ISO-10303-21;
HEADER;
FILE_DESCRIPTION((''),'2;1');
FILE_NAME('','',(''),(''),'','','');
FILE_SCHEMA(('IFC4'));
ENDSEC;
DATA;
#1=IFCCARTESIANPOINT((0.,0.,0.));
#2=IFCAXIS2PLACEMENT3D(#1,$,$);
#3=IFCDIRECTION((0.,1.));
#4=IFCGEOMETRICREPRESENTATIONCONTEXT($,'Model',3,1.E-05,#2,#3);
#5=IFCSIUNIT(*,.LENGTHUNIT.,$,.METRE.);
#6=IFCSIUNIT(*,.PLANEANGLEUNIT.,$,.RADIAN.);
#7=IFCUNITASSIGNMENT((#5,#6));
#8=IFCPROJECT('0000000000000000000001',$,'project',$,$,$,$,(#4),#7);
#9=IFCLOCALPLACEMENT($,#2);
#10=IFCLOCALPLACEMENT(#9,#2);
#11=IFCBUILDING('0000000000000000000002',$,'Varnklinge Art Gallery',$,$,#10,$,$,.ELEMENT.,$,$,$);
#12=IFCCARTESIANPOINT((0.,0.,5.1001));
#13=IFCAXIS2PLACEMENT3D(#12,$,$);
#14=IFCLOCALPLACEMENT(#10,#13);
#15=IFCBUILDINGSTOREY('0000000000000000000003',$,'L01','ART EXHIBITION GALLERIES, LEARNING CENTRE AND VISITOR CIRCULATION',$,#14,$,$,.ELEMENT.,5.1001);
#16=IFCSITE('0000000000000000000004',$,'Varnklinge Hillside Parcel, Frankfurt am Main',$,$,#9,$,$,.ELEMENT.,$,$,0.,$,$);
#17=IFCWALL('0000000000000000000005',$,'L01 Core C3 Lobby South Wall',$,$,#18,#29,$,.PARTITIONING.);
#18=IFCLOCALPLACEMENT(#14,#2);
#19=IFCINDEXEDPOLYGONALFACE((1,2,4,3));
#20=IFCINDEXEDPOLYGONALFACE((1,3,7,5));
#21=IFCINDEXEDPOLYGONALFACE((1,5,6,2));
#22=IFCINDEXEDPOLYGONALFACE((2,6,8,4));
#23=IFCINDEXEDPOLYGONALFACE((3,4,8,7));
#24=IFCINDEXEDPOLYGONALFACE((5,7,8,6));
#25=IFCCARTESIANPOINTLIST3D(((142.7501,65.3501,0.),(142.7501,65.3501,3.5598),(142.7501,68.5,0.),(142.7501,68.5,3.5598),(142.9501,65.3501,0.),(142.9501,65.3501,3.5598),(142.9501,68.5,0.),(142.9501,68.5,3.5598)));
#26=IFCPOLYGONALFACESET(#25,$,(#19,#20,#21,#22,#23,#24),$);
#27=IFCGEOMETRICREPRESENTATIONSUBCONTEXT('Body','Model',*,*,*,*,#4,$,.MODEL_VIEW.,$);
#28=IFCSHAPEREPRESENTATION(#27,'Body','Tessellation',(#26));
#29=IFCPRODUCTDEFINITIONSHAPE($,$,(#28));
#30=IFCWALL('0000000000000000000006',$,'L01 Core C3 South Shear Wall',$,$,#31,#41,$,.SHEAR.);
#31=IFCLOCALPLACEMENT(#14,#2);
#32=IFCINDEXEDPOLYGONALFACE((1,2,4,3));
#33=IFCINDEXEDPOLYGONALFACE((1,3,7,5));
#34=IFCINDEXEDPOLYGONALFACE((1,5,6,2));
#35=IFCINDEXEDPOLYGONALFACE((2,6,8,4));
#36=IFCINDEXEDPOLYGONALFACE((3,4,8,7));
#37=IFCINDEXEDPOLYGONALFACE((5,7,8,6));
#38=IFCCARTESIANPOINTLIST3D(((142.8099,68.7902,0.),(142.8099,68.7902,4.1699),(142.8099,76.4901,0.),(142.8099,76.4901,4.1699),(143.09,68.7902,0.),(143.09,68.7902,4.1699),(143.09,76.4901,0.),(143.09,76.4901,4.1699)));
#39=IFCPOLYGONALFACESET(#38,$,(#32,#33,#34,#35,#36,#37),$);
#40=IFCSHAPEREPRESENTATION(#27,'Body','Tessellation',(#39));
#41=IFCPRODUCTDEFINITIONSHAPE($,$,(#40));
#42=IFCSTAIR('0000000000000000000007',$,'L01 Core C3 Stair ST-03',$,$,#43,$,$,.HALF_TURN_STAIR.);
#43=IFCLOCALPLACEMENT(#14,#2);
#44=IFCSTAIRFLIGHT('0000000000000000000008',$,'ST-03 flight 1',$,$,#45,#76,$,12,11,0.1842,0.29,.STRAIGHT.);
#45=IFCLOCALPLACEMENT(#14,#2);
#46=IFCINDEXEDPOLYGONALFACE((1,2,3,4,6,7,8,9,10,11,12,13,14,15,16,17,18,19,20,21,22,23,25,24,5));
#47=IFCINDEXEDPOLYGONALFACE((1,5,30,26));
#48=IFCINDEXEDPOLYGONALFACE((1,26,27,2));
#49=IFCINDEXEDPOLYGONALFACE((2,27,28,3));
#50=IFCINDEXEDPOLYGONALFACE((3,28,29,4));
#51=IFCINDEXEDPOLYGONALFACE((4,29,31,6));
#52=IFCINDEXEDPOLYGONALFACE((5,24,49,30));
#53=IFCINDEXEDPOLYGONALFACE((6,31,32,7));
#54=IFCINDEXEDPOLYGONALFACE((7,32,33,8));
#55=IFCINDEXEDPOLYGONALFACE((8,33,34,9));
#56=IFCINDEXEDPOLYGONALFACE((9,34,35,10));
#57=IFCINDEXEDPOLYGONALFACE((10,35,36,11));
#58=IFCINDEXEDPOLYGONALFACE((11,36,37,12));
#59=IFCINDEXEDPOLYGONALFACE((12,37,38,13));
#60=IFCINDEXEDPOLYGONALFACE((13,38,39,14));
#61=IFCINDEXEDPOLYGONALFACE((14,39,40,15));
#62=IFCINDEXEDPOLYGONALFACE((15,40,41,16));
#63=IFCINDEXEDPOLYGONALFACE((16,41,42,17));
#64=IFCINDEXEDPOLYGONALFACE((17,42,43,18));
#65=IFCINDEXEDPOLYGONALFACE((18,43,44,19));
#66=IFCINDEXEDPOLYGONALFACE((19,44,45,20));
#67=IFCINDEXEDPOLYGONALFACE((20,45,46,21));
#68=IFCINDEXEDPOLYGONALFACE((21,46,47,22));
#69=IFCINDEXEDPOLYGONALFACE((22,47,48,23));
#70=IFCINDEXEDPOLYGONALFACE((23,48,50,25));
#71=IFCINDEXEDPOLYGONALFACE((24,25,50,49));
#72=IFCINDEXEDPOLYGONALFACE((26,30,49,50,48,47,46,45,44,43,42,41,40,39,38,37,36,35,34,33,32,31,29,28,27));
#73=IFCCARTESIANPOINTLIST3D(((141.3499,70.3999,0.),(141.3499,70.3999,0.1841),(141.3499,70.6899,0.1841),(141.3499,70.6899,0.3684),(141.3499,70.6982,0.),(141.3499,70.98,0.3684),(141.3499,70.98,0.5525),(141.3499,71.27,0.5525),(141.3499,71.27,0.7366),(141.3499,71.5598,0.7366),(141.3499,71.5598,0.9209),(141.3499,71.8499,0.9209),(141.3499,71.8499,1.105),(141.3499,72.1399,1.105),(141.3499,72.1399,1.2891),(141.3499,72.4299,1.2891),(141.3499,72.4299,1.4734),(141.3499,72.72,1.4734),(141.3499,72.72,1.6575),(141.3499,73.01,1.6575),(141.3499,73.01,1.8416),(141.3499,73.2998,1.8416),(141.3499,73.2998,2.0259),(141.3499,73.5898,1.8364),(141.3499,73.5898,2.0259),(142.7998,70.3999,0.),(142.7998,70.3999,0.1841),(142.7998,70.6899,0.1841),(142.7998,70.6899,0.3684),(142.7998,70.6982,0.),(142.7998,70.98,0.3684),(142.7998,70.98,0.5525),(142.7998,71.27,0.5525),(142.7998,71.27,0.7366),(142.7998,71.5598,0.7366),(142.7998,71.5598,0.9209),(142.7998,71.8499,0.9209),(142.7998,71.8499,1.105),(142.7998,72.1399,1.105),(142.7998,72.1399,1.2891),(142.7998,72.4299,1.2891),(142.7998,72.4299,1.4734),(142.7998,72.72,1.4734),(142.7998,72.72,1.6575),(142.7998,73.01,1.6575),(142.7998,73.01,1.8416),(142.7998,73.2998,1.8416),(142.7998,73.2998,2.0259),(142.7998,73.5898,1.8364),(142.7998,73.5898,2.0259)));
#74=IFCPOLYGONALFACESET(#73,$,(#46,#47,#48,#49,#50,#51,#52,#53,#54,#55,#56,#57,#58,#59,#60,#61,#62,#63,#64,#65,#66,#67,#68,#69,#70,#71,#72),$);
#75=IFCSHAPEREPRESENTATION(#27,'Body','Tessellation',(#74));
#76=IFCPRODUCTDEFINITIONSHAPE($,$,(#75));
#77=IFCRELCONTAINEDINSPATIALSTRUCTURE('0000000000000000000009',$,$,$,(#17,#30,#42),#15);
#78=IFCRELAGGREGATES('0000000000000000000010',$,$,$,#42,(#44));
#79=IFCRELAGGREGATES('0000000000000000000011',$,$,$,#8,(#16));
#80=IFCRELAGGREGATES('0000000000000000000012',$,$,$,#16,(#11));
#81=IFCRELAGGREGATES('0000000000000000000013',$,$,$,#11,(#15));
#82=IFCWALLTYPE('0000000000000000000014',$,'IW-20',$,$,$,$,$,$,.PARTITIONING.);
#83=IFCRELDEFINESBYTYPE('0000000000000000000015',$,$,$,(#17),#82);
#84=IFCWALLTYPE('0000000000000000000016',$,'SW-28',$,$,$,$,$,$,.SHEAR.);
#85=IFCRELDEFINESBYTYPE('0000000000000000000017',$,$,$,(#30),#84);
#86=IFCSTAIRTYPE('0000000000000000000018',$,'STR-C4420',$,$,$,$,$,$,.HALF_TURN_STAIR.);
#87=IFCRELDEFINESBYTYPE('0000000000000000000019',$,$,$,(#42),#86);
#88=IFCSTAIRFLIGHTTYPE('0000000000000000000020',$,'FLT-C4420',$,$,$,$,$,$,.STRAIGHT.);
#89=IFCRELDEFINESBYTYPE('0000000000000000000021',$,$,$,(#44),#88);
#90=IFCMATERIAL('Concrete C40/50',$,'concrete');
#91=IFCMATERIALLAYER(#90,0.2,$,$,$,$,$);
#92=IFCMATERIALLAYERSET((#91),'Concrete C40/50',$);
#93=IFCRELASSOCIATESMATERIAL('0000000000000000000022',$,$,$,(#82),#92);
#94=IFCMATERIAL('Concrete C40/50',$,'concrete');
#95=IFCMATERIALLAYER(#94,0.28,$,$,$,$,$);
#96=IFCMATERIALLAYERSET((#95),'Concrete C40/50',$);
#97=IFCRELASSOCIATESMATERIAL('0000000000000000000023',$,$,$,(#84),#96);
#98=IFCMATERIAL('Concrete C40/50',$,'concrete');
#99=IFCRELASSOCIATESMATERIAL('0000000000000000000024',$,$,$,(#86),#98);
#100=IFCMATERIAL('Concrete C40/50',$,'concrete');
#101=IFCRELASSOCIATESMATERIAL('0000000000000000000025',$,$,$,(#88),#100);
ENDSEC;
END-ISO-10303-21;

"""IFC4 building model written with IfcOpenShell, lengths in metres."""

from ifc_helpers import new_model, si_unit, direction, frame, frame_2d, origin, place, context, subcontext, project, spatial, polyline, rectangle, outline, extrude, material, layer, layer_set, type_object, element, aggregate, save


model = new_model("IFC4")

# Units and contexts
model_context = context("Model", 3, precision=1e-05, world=origin(), true_north=direction((0.0, 1.0)))
body_context = subcontext(model_context, "Body", "Model", "MODEL_VIEW")
ifc_project = project(units=[si_unit("LENGTHUNIT", "METRE"), si_unit("PLANEANGLEUNIT", "RADIAN")], contexts=[model_context])

# Site, building, storey
site_placement = place(None, origin())
site = spatial("IfcSite", under=ifc_project, at=site_placement, Name="Varnklinge Hillside Parcel, Frankfurt am Main", CompositionType="ELEMENT", RefElevation=0.0)
building_placement = place(site_placement, origin())
building = spatial("IfcBuilding", under=site, at=building_placement, Name="Varnklinge Art Gallery", CompositionType="ELEMENT")
storey_placement = place(building_placement, frame((0.0, 0.0, 5.1001)))
storey = spatial("IfcBuildingStorey", under=building, at=storey_placement, Name="L01", Description="ART EXHIBITION GALLERIES, LEARNING CENTRE AND VISITOR CIRCULATION", CompositionType="ELEMENT", Elevation=5.1001)

# Wall
ifc_material_1 = material(Name="Concrete C40/50", Category="concrete")
ifc_layer_1 = layer(ifc_material_1, 0.2)
ifc_layer_set_1 = layer_set([ifc_layer_1], Name="Concrete C40/50")
wall_type_1 = type_object("IfcWallType", Name="IW-20", PredefinedType="PARTITIONING", material=ifc_layer_set_1)
wall_1_placement = place(storey_placement, frame((142.8501, 65.3501, 0.0), z_axis=(0.0, 0.0, 1.0), x_axis=(0.0, 1.0, 0.0)))
element("IfcWall", 1, at=wall_1_placement, inside=storey, type_object=wall_type_1, Name="L01 Core C3 Lobby South Wall", PredefinedType="PARTITIONING", context=body_context, shape_type="SweptSolid", body=[
    extrude(rectangle(XDim=3.1499, YDim=0.2, at=frame_2d((1.575, 0.0))), origin(), (0.0, 0.0, 1.0), 3.5598),
])

# Wall
ifc_material_2 = material(Name="Concrete C40/50", Category="concrete")
ifc_layer_2 = layer(ifc_material_2, 0.28)
ifc_layer_set_2 = layer_set([ifc_layer_2], Name="Concrete C40/50")
wall_type_2 = type_object("IfcWallType", Name="SW-28", PredefinedType="SHEAR", material=ifc_layer_set_2)
wall_2_placement = place(storey_placement, frame((142.95, 68.79, 0.0), z_axis=(0.0, 0.0, 1.0), x_axis=(0.0, 1.0, 0.0)))
element("IfcWall", 2, at=wall_2_placement, inside=storey, type_object=wall_type_2, Name="L01 Core C3 South Shear Wall", PredefinedType="SHEAR", context=body_context, shape_type="SweptSolid", body=[
    extrude(rectangle(XDim=7.7, YDim=0.28, at=frame_2d((3.8501, 0.0))), origin(), (0.0, 0.0, 1.0), 4.1699),
])

# Stair, stair flight
ifc_material_3 = material(Name="Concrete C40/50", Category="concrete")
stair_type = type_object("IfcStairType", Name="STR-C4420", PredefinedType="HALF_TURN_STAIR", material=ifc_material_3)
stair_placement = place(storey_placement, origin())
stair = element("IfcStair", 3, at=stair_placement, inside=storey, type_object=stair_type, Name="L01 Core C3 Stair ST-03", PredefinedType="HALF_TURN_STAIR")
ifc_material_4 = material(Name="Concrete C40/50", Category="concrete")
stair_flight_type = type_object("IfcStairFlightType", Name="FLT-C4420", PredefinedType="STRAIGHT", material=ifc_material_4)
stair_flight_placement = place(storey_placement, frame((142.075, 70.3999, 0.0), z_axis=(0.0, 0.0, 1.0), x_axis=(0.0, 1.0, 0.0)))
stair_flight = element("IfcStairFlight", 4, at=stair_flight_placement, type_object=stair_flight_type, Name="ST-03 flight 1", NumberOfRisers=12, NumberOfTreads=11, PredefinedType="STRAIGHT", RiserHeight=0.1842, TreadLength=0.29, context=body_context, shape_type="SweptSolid", body=[
    extrude(outline(polyline([(0.0, 0.0), (0.0, 0.1841), (0.29, 0.1841), (0.29, 0.3684), (0.5801, 0.3684), (0.5801, 0.5525), (0.8701, 0.5525), (0.8701, 0.7366), (1.1599, 0.7366), (1.1599, 0.9209), (1.45, 0.9209), (1.45, 1.105), (1.74, 1.105), (1.74, 1.2891), (2.03, 1.2891), (2.03, 1.4734), (2.3201, 1.4734), (2.3201, 1.6575), (2.6101, 1.6575), (2.6101, 1.8416), (2.8999, 1.8416), (2.8999, 2.0259), (3.1899, 2.0259), (3.1899, 2.21), (3.1899, 1.8364), (0.2983, 0.0), (0.0, 0.0)])), frame((0.0, 0.7251, 0.0), z_axis=(0.0, -1.0, 0.0), x_axis=(1.0, 0.0, 0.0)), (0.0, 0.0, 1.0), 1.45),
])
aggregate(stair, [stair_flight])

save(model, "model.ifc")
